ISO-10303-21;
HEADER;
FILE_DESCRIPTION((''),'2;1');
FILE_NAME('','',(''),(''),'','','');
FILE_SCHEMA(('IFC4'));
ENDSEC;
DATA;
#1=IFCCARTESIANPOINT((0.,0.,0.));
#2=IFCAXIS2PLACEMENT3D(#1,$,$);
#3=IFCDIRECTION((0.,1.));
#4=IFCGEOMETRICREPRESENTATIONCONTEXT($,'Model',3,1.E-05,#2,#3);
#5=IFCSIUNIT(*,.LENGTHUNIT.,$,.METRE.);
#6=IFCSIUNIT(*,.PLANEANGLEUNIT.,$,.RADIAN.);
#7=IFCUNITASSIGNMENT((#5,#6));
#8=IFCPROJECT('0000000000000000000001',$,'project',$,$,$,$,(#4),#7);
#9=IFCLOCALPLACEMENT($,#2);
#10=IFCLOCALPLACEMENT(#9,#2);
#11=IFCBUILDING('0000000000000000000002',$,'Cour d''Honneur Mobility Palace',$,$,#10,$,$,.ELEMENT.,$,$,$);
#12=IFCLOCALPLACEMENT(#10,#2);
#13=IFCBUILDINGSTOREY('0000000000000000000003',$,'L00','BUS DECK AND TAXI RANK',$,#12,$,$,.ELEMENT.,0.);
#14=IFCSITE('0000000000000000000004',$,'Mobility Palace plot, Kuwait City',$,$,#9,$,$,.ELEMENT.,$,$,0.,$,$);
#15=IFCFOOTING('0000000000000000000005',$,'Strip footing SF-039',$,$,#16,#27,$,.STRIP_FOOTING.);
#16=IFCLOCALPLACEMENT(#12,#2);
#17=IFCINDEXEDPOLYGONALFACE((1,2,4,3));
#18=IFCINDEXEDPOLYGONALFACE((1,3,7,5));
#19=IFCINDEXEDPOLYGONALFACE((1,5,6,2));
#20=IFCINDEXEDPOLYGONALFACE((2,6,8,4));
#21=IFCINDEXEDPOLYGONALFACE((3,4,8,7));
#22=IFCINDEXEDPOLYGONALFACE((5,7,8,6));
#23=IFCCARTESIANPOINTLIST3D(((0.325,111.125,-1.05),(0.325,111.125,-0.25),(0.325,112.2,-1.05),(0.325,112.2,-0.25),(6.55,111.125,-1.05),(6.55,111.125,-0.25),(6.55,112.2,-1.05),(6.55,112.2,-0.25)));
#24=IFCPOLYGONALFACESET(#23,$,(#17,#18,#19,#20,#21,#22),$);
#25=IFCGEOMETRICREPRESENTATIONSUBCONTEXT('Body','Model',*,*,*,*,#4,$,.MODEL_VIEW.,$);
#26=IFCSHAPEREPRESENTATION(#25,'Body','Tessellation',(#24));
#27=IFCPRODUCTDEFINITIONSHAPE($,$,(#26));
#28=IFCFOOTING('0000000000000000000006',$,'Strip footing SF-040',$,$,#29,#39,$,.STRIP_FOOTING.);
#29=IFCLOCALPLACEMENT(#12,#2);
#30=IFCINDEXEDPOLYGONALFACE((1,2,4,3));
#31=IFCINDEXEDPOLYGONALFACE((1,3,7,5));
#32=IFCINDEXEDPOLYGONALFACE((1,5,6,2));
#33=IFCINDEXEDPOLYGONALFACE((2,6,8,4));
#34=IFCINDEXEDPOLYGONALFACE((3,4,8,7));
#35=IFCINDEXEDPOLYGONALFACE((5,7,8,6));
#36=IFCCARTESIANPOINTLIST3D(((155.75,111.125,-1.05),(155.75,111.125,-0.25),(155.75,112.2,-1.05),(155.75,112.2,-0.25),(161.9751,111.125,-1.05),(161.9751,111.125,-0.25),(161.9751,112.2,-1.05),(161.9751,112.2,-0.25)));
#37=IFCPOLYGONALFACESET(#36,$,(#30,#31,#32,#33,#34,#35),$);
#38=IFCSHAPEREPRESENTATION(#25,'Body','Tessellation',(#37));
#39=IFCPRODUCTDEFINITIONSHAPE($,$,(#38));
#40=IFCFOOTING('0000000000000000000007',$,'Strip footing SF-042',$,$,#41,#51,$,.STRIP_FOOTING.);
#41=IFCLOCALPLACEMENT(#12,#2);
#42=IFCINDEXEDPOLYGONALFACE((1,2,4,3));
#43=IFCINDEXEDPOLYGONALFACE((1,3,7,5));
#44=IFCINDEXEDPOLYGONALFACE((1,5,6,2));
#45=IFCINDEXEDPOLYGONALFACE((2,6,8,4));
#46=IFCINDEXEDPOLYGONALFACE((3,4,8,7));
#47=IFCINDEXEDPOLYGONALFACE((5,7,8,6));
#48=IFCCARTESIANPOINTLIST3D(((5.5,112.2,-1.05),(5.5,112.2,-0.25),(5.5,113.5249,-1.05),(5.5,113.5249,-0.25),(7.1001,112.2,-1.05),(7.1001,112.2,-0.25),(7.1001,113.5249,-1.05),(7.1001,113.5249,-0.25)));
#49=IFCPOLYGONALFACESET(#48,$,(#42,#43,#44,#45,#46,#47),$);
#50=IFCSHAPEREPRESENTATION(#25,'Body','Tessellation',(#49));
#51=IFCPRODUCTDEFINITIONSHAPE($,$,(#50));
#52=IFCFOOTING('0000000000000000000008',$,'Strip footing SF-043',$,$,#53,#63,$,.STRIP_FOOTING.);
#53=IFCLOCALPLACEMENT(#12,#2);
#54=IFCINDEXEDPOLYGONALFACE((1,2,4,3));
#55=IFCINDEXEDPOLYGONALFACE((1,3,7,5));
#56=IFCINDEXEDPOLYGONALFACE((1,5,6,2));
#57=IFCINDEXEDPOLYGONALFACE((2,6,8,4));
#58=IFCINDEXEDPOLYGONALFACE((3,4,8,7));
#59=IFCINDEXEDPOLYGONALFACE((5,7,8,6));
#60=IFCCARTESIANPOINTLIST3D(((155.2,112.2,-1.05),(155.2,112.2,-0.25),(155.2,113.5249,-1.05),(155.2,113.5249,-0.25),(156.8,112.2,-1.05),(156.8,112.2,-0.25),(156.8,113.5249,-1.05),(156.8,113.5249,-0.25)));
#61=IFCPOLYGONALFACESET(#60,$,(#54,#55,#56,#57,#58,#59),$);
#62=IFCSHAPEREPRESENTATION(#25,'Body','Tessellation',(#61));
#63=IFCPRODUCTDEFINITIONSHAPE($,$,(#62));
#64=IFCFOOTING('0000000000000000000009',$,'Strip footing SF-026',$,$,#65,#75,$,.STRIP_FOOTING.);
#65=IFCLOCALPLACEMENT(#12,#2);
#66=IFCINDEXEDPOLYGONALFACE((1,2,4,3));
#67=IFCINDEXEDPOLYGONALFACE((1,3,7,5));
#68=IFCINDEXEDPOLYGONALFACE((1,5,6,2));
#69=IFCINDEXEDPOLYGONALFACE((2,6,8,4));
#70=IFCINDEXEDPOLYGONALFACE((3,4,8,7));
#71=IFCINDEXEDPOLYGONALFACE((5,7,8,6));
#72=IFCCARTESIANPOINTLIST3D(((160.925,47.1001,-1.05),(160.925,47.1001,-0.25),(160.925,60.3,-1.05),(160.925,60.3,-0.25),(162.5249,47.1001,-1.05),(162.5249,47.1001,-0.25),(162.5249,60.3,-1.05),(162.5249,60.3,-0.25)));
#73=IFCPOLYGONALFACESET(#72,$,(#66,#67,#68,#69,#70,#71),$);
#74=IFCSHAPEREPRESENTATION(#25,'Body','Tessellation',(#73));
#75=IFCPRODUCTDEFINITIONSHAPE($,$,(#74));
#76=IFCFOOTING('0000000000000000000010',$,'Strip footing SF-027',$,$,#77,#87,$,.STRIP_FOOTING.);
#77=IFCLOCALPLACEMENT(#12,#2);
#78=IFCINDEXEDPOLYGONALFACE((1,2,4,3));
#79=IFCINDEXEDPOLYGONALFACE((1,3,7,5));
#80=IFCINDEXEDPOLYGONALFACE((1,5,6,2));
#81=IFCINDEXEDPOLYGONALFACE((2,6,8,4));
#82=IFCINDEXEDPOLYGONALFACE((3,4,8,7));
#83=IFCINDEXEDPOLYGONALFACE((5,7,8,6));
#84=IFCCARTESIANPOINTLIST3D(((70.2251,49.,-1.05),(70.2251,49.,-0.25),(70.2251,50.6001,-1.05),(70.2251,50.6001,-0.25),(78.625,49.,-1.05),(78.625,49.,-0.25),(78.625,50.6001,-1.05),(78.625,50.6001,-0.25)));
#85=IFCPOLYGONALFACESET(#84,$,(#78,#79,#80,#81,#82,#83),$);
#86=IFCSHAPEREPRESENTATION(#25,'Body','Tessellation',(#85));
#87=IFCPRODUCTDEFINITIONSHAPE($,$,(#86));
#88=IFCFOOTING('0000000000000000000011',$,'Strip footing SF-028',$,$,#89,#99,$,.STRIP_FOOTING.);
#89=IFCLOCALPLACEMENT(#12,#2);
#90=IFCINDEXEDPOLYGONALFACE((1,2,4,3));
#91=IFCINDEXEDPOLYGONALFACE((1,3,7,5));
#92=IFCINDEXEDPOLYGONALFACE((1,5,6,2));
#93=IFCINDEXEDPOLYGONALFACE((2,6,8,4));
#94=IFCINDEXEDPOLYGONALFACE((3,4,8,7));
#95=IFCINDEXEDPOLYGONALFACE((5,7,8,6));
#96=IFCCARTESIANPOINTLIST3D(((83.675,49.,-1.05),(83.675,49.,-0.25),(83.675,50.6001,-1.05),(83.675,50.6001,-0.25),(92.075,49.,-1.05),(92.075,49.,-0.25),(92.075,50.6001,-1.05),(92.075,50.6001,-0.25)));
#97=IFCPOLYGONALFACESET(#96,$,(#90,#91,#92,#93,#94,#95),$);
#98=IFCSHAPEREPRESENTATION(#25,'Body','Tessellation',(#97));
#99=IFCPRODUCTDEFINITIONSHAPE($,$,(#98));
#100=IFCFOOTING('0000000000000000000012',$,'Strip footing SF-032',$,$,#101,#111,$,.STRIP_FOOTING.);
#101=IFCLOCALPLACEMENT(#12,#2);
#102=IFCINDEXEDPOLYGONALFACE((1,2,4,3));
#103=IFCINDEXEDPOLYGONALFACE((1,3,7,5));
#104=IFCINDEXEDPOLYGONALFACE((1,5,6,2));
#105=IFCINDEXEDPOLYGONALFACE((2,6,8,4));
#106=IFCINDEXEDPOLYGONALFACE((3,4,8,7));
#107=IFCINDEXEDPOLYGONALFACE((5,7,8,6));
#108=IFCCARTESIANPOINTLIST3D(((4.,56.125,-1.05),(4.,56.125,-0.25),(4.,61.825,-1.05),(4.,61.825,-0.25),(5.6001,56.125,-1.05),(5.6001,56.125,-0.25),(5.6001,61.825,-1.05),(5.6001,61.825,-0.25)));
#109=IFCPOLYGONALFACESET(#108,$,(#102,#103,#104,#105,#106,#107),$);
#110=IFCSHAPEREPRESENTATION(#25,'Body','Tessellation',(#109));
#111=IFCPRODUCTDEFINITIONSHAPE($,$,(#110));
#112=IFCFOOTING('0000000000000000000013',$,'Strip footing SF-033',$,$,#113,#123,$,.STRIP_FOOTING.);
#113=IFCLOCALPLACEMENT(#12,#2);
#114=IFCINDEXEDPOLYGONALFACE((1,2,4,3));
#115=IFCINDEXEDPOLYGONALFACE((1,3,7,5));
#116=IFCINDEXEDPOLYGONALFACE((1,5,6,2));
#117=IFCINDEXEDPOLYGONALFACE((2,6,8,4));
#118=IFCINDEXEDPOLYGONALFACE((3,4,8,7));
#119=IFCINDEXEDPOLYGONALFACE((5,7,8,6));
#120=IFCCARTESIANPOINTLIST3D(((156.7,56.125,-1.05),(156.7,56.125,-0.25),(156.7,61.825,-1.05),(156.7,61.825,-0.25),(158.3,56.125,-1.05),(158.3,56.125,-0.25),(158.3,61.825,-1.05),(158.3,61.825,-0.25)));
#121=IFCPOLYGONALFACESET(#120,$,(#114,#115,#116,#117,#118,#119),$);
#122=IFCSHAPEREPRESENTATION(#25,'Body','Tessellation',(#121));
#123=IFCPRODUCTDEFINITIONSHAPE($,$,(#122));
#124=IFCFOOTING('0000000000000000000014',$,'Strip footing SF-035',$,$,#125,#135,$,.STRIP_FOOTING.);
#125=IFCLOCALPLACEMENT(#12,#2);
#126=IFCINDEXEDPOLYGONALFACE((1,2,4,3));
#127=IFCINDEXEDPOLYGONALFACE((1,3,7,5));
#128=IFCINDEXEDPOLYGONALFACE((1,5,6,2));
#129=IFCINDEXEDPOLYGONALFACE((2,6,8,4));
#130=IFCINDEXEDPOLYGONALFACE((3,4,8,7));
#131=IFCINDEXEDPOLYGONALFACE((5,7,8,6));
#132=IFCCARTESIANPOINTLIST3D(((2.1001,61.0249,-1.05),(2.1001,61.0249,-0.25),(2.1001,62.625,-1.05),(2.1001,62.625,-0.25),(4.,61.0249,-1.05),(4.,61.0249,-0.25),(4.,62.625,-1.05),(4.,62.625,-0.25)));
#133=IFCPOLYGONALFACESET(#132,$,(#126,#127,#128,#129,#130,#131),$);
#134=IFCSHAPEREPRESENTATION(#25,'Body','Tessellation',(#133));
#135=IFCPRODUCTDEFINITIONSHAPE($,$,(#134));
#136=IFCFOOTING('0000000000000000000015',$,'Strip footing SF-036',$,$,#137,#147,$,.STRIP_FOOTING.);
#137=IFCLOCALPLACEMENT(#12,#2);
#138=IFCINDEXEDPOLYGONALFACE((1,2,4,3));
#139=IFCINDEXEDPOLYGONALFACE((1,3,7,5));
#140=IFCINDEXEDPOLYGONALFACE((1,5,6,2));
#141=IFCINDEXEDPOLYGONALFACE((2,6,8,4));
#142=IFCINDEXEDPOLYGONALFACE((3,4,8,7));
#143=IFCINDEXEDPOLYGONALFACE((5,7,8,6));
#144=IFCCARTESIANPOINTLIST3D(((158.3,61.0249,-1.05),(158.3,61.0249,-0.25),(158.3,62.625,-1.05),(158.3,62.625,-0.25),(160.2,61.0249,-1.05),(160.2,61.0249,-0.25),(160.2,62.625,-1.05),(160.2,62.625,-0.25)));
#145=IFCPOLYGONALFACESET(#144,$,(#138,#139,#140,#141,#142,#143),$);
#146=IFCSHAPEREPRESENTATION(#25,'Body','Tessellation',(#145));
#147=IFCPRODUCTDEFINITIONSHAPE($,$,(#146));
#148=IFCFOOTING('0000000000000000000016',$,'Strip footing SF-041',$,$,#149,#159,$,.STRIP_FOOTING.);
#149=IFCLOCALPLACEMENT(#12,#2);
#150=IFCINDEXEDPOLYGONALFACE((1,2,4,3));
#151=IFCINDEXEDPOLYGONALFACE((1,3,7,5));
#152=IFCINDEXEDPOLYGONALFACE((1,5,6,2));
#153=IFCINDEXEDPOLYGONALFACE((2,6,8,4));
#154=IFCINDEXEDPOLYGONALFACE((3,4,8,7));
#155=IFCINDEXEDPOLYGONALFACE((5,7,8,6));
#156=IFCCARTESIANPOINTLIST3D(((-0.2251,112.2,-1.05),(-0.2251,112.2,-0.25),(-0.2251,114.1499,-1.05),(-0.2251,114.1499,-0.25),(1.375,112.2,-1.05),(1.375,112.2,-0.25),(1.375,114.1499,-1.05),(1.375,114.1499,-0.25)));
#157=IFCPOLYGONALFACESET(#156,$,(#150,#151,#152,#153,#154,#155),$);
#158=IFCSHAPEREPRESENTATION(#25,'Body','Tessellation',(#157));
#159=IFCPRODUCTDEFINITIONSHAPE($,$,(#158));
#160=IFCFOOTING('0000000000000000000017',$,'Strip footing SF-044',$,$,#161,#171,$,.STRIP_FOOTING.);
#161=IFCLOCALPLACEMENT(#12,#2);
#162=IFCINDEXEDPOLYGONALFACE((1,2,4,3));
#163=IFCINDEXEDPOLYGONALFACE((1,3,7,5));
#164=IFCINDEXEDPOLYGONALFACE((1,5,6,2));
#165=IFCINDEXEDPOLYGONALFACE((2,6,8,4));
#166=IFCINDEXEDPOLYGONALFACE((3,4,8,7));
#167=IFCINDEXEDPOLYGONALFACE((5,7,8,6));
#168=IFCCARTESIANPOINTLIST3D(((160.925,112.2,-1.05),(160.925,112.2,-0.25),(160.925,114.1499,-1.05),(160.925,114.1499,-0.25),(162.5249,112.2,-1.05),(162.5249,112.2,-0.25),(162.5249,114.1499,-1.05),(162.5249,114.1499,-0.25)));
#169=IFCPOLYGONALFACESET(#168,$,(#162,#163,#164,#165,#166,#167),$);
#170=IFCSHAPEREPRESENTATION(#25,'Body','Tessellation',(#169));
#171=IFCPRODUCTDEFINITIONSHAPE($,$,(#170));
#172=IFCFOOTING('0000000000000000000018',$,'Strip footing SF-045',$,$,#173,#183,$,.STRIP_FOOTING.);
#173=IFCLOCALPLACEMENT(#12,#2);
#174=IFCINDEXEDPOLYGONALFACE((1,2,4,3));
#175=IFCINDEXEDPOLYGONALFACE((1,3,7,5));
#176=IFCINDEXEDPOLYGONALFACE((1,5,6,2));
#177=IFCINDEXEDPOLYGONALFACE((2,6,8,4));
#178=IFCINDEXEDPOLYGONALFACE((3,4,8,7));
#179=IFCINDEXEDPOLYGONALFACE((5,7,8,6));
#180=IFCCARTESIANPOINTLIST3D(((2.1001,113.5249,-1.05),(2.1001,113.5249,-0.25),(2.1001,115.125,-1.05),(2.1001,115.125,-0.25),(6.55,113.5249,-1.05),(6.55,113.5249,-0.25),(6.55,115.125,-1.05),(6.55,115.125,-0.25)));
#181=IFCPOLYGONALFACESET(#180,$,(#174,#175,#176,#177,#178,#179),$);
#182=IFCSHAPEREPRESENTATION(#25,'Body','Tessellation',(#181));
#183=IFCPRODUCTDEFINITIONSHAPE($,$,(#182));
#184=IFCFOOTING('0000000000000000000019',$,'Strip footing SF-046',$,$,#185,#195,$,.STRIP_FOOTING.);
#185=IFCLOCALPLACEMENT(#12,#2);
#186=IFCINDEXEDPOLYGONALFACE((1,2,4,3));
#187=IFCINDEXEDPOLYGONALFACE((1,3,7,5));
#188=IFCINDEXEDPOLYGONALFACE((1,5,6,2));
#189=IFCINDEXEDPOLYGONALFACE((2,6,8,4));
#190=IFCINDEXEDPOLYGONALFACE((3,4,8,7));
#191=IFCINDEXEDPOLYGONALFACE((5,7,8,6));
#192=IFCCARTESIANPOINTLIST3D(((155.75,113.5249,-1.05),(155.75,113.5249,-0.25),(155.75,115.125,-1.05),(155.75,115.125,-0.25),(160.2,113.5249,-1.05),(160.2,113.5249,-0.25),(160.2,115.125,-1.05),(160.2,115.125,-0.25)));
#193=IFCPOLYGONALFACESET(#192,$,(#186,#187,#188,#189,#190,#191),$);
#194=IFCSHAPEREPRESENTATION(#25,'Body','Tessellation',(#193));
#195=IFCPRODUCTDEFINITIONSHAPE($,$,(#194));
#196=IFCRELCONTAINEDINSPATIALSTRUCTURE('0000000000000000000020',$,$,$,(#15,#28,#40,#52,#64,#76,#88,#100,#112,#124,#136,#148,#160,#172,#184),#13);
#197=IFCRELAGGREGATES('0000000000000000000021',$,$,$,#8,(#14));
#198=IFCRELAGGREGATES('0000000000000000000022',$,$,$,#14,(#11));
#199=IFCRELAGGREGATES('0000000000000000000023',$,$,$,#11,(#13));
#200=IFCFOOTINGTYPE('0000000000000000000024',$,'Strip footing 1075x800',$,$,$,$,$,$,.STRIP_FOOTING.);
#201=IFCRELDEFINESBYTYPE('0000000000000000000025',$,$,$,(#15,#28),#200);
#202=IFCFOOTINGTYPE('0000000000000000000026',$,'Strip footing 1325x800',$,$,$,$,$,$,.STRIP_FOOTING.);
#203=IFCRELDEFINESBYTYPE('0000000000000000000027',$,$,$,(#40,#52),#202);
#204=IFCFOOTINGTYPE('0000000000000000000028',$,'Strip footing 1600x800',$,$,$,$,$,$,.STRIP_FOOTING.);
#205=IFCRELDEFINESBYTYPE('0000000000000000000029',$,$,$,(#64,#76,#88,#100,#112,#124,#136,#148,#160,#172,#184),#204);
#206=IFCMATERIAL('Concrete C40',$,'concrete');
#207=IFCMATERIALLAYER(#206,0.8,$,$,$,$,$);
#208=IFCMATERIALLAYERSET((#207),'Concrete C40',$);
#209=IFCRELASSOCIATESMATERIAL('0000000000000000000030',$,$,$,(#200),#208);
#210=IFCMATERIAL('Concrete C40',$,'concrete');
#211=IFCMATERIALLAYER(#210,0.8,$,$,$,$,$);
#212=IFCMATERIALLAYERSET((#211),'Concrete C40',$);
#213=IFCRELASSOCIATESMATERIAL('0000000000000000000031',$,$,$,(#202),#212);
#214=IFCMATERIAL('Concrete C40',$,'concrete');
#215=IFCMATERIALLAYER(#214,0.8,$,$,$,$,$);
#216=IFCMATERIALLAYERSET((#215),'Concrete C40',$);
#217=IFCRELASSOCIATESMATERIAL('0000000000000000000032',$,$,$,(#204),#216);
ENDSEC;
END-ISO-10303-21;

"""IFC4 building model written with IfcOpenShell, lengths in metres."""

from ifc_helpers import new_model, si_unit, direction, frame, origin, place, context, subcontext, project, spatial, polyline, outline, extrude, material, layer, layer_set, type_object, element, save


model = new_model("IFC4")

# Units and contexts
model_context = context("Model", 3, precision=1e-05, world=origin(), true_north=direction((0.0, 1.0)))
body_context = subcontext(model_context, "Body", "Model", "MODEL_VIEW")
ifc_project = project(units=[si_unit("LENGTHUNIT", "METRE"), si_unit("PLANEANGLEUNIT", "RADIAN")], contexts=[model_context])

# Site, building, storey
site_placement = place(None, origin())
site = spatial("IfcSite", under=ifc_project, at=site_placement, Name="Mobility Palace plot, Kuwait City", CompositionType="ELEMENT", RefElevation=0.0)
building_placement = place(site_placement, origin())
building = spatial("IfcBuilding", under=site, at=building_placement, Name="Cour d'Honneur Mobility Palace", CompositionType="ELEMENT")
storey_placement = place(building_placement, origin())
storey = spatial("IfcBuildingStorey", under=building, at=storey_placement, Name="L00", Description="BUS DECK AND TAXI RANK", CompositionType="ELEMENT", Elevation=0.0)

# Footings
ifc_material_1 = material(Name="Concrete C40", Category="concrete")
ifc_layer_1 = layer(ifc_material_1, 0.8)
ifc_layer_set_1 = layer_set([ifc_layer_1], Name="Concrete C40")
footing_type_1 = type_object("IfcFootingType", Name="Strip footing 1075x800", PredefinedType="STRIP_FOOTING", material=ifc_layer_set_1)
footing_1_placement = place(storey_placement, frame((0.0, 0.0, -1.05)))
element("IfcFooting", 1, at=footing_1_placement, inside=storey, type_object=footing_type_1, Name="Strip footing SF-039", PredefinedType="STRIP_FOOTING", context=body_context, shape_type="SweptSolid", body=[
    extrude(outline(polyline([(0.325, 111.125), (6.55, 111.125), (6.55, 112.2), (0.325, 112.2), (0.325, 111.125)])), origin(), (0.0, 0.0, 1.0), 0.8),
])
footing_2_placement = place(storey_placement, frame((0.0, 0.0, -1.05)))
element("IfcFooting", 2, at=footing_2_placement, inside=storey, type_object=footing_type_1, Name="Strip footing SF-040", PredefinedType="STRIP_FOOTING", context=body_context, shape_type="SweptSolid", body=[
    extrude(outline(polyline([(155.75, 111.125), (161.9751, 111.125), (161.9751, 112.2), (155.75, 112.2), (155.75, 111.125)])), origin(), (0.0, 0.0, 1.0), 0.8),
])
ifc_material_2 = material(Name="Concrete C40", Category="concrete")
ifc_layer_2 = layer(ifc_material_2, 0.8)
ifc_layer_set_2 = layer_set([ifc_layer_2], Name="Concrete C40")
footing_type_2 = type_object("IfcFootingType", Name="Strip footing 1325x800", PredefinedType="STRIP_FOOTING", material=ifc_layer_set_2)
footing_3_placement = place(storey_placement, frame((0.0, 0.0, -1.05)))
element("IfcFooting", 3, at=footing_3_placement, inside=storey, type_object=footing_type_2, Name="Strip footing SF-042", PredefinedType="STRIP_FOOTING", context=body_context, shape_type="SweptSolid", body=[
    extrude(outline(polyline([(5.5, 112.2), (7.1001, 112.2), (7.1001, 113.5249), (5.5, 113.5249), (5.5, 112.2)])), origin(), (0.0, 0.0, 1.0), 0.8),
])
footing_4_placement = place(storey_placement, frame((0.0, 0.0, -1.05)))
element("IfcFooting", 4, at=footing_4_placement, inside=storey, type_object=footing_type_2, Name="Strip footing SF-043", PredefinedType="STRIP_FOOTING", context=body_context, shape_type="SweptSolid", body=[
    extrude(outline(polyline([(155.2, 112.2), (156.8, 112.2), (156.8, 113.5249), (155.2, 113.5249), (155.2, 112.2)])), origin(), (0.0, 0.0, 1.0), 0.8),
])
ifc_material_3 = material(Name="Concrete C40", Category="concrete")
ifc_layer_3 = layer(ifc_material_3, 0.8)
ifc_layer_set_3 = layer_set([ifc_layer_3], Name="Concrete C40")
footing_type_3 = type_object("IfcFootingType", Name="Strip footing 1600x800", PredefinedType="STRIP_FOOTING", material=ifc_layer_set_3)
footing_5_placement = place(storey_placement, frame((0.0, 0.0, -1.05)))
element("IfcFooting", 5, at=footing_5_placement, inside=storey, type_object=footing_type_3, Name="Strip footing SF-026", PredefinedType="STRIP_FOOTING", context=body_context, shape_type="SweptSolid", body=[
    extrude(outline(polyline([(160.925, 47.1001), (162.5249, 47.1001), (162.5249, 60.3), (160.925, 60.3), (160.925, 47.1001)])), origin(), (0.0, 0.0, 1.0), 0.8),
])
footing_6_placement = place(storey_placement, frame((0.0, 0.0, -1.05)))
element("IfcFooting", 6, at=footing_6_placement, inside=storey, type_object=footing_type_3, Name="Strip footing SF-027", PredefinedType="STRIP_FOOTING", context=body_context, shape_type="SweptSolid", body=[
    extrude(outline(polyline([(70.2251, 49.0), (78.625, 49.0), (78.625, 50.6001), (70.2251, 50.6001), (70.2251, 49.0)])), origin(), (0.0, 0.0, 1.0), 0.8),
])
footing_7_placement = place(storey_placement, frame((0.0, 0.0, -1.05)))
element("IfcFooting", 7, at=footing_7_placement, inside=storey, type_object=footing_type_3, Name="Strip footing SF-028", PredefinedType="STRIP_FOOTING", context=body_context, shape_type="SweptSolid", body=[
    extrude(outline(polyline([(83.675, 49.0), (92.075, 49.0), (92.075, 50.6001), (83.675, 50.6001), (83.675, 49.0)])), origin(), (0.0, 0.0, 1.0), 0.8),
])
footing_8_placement = place(storey_placement, frame((0.0, 0.0, -1.05)))
element("IfcFooting", 8, at=footing_8_placement, inside=storey, type_object=footing_type_3, Name="Strip footing SF-032", PredefinedType="STRIP_FOOTING", context=body_context, shape_type="SweptSolid", body=[
    extrude(outline(polyline([(4.0, 56.125), (5.6001, 56.125), (5.6001, 61.825), (4.0, 61.825), (4.0, 56.125)])), origin(), (0.0, 0.0, 1.0), 0.8),
])
footing_9_placement = place(storey_placement, frame((0.0, 0.0, -1.05)))
element("IfcFooting", 9, at=footing_9_placement, inside=storey, type_object=footing_type_3, Name="Strip footing SF-033", PredefinedType="STRIP_FOOTING", context=body_context, shape_type="SweptSolid", body=[
    extrude(outline(polyline([(156.7, 56.125), (158.3, 56.125), (158.3, 61.825), (156.7, 61.825), (156.7, 56.125)])), origin(), (0.0, 0.0, 1.0), 0.8),
])
footing_10_placement = place(storey_placement, frame((0.0, 0.0, -1.05)))
element("IfcFooting", 10, at=footing_10_placement, inside=storey, type_object=footing_type_3, Name="Strip footing SF-035", PredefinedType="STRIP_FOOTING", context=body_context, shape_type="SweptSolid", body=[
    extrude(outline(polyline([(2.1001, 61.0249), (4.0, 61.0249), (4.0, 62.625), (2.1001, 62.625), (2.1001, 61.0249)])), origin(), (0.0, 0.0, 1.0), 0.8),
])
footing_11_placement = place(storey_placement, frame((0.0, 0.0, -1.05)))
element("IfcFooting", 11, at=footing_11_placement, inside=storey, type_object=footing_type_3, Name="Strip footing SF-036", PredefinedType="STRIP_FOOTING", context=body_context, shape_type="SweptSolid", body=[
    extrude(outline(polyline([(158.3, 61.0249), (160.2, 61.0249), (160.2, 62.625), (158.3, 62.625), (158.3, 61.0249)])), origin(), (0.0, 0.0, 1.0), 0.8),
])
footing_12_placement = place(storey_placement, frame((0.0, 0.0, -1.05)))
element("IfcFooting", 12, at=footing_12_placement, inside=storey, type_object=footing_type_3, Name="Strip footing SF-041", PredefinedType="STRIP_FOOTING", context=body_context, shape_type="SweptSolid", body=[
    extrude(outline(polyline([(-0.2251, 112.2), (1.375, 112.2), (1.375, 114.1499), (-0.2251, 114.1499), (-0.2251, 112.2)])), origin(), (0.0, 0.0, 1.0), 0.8),
])
footing_13_placement = place(storey_placement, frame((0.0, 0.0, -1.05)))
element("IfcFooting", 13, at=footing_13_placement, inside=storey, type_object=footing_type_3, Name="Strip footing SF-044", PredefinedType="STRIP_FOOTING", context=body_context, shape_type="SweptSolid", body=[
    extrude(outline(polyline([(160.925, 112.2), (162.5249, 112.2), (162.5249, 114.1499), (160.925, 114.1499), (160.925, 112.2)])), origin(), (0.0, 0.0, 1.0), 0.8),
])
footing_14_placement = place(storey_placement, frame((0.0, 0.0, -1.05)))
element("IfcFooting", 14, at=footing_14_placement, inside=storey, type_object=footing_type_3, Name="Strip footing SF-045", PredefinedType="STRIP_FOOTING", context=body_context, shape_type="SweptSolid", body=[
    extrude(outline(polyline([(2.1001, 113.5249), (6.55, 113.5249), (6.55, 115.125), (2.1001, 115.125), (2.1001, 113.5249)])), origin(), (0.0, 0.0, 1.0), 0.8),
])
footing_15_placement = place(storey_placement, frame((0.0, 0.0, -1.05)))
element("IfcFooting", 15, at=footing_15_placement, inside=storey, type_object=footing_type_3, Name="Strip footing SF-046", PredefinedType="STRIP_FOOTING", context=body_context, shape_type="SweptSolid", body=[
    extrude(outline(polyline([(155.75, 113.5249), (160.2, 113.5249), (160.2, 115.125), (155.75, 115.125), (155.75, 113.5249)])), origin(), (0.0, 0.0, 1.0), 0.8),
])

save(model, "model.ifc")
